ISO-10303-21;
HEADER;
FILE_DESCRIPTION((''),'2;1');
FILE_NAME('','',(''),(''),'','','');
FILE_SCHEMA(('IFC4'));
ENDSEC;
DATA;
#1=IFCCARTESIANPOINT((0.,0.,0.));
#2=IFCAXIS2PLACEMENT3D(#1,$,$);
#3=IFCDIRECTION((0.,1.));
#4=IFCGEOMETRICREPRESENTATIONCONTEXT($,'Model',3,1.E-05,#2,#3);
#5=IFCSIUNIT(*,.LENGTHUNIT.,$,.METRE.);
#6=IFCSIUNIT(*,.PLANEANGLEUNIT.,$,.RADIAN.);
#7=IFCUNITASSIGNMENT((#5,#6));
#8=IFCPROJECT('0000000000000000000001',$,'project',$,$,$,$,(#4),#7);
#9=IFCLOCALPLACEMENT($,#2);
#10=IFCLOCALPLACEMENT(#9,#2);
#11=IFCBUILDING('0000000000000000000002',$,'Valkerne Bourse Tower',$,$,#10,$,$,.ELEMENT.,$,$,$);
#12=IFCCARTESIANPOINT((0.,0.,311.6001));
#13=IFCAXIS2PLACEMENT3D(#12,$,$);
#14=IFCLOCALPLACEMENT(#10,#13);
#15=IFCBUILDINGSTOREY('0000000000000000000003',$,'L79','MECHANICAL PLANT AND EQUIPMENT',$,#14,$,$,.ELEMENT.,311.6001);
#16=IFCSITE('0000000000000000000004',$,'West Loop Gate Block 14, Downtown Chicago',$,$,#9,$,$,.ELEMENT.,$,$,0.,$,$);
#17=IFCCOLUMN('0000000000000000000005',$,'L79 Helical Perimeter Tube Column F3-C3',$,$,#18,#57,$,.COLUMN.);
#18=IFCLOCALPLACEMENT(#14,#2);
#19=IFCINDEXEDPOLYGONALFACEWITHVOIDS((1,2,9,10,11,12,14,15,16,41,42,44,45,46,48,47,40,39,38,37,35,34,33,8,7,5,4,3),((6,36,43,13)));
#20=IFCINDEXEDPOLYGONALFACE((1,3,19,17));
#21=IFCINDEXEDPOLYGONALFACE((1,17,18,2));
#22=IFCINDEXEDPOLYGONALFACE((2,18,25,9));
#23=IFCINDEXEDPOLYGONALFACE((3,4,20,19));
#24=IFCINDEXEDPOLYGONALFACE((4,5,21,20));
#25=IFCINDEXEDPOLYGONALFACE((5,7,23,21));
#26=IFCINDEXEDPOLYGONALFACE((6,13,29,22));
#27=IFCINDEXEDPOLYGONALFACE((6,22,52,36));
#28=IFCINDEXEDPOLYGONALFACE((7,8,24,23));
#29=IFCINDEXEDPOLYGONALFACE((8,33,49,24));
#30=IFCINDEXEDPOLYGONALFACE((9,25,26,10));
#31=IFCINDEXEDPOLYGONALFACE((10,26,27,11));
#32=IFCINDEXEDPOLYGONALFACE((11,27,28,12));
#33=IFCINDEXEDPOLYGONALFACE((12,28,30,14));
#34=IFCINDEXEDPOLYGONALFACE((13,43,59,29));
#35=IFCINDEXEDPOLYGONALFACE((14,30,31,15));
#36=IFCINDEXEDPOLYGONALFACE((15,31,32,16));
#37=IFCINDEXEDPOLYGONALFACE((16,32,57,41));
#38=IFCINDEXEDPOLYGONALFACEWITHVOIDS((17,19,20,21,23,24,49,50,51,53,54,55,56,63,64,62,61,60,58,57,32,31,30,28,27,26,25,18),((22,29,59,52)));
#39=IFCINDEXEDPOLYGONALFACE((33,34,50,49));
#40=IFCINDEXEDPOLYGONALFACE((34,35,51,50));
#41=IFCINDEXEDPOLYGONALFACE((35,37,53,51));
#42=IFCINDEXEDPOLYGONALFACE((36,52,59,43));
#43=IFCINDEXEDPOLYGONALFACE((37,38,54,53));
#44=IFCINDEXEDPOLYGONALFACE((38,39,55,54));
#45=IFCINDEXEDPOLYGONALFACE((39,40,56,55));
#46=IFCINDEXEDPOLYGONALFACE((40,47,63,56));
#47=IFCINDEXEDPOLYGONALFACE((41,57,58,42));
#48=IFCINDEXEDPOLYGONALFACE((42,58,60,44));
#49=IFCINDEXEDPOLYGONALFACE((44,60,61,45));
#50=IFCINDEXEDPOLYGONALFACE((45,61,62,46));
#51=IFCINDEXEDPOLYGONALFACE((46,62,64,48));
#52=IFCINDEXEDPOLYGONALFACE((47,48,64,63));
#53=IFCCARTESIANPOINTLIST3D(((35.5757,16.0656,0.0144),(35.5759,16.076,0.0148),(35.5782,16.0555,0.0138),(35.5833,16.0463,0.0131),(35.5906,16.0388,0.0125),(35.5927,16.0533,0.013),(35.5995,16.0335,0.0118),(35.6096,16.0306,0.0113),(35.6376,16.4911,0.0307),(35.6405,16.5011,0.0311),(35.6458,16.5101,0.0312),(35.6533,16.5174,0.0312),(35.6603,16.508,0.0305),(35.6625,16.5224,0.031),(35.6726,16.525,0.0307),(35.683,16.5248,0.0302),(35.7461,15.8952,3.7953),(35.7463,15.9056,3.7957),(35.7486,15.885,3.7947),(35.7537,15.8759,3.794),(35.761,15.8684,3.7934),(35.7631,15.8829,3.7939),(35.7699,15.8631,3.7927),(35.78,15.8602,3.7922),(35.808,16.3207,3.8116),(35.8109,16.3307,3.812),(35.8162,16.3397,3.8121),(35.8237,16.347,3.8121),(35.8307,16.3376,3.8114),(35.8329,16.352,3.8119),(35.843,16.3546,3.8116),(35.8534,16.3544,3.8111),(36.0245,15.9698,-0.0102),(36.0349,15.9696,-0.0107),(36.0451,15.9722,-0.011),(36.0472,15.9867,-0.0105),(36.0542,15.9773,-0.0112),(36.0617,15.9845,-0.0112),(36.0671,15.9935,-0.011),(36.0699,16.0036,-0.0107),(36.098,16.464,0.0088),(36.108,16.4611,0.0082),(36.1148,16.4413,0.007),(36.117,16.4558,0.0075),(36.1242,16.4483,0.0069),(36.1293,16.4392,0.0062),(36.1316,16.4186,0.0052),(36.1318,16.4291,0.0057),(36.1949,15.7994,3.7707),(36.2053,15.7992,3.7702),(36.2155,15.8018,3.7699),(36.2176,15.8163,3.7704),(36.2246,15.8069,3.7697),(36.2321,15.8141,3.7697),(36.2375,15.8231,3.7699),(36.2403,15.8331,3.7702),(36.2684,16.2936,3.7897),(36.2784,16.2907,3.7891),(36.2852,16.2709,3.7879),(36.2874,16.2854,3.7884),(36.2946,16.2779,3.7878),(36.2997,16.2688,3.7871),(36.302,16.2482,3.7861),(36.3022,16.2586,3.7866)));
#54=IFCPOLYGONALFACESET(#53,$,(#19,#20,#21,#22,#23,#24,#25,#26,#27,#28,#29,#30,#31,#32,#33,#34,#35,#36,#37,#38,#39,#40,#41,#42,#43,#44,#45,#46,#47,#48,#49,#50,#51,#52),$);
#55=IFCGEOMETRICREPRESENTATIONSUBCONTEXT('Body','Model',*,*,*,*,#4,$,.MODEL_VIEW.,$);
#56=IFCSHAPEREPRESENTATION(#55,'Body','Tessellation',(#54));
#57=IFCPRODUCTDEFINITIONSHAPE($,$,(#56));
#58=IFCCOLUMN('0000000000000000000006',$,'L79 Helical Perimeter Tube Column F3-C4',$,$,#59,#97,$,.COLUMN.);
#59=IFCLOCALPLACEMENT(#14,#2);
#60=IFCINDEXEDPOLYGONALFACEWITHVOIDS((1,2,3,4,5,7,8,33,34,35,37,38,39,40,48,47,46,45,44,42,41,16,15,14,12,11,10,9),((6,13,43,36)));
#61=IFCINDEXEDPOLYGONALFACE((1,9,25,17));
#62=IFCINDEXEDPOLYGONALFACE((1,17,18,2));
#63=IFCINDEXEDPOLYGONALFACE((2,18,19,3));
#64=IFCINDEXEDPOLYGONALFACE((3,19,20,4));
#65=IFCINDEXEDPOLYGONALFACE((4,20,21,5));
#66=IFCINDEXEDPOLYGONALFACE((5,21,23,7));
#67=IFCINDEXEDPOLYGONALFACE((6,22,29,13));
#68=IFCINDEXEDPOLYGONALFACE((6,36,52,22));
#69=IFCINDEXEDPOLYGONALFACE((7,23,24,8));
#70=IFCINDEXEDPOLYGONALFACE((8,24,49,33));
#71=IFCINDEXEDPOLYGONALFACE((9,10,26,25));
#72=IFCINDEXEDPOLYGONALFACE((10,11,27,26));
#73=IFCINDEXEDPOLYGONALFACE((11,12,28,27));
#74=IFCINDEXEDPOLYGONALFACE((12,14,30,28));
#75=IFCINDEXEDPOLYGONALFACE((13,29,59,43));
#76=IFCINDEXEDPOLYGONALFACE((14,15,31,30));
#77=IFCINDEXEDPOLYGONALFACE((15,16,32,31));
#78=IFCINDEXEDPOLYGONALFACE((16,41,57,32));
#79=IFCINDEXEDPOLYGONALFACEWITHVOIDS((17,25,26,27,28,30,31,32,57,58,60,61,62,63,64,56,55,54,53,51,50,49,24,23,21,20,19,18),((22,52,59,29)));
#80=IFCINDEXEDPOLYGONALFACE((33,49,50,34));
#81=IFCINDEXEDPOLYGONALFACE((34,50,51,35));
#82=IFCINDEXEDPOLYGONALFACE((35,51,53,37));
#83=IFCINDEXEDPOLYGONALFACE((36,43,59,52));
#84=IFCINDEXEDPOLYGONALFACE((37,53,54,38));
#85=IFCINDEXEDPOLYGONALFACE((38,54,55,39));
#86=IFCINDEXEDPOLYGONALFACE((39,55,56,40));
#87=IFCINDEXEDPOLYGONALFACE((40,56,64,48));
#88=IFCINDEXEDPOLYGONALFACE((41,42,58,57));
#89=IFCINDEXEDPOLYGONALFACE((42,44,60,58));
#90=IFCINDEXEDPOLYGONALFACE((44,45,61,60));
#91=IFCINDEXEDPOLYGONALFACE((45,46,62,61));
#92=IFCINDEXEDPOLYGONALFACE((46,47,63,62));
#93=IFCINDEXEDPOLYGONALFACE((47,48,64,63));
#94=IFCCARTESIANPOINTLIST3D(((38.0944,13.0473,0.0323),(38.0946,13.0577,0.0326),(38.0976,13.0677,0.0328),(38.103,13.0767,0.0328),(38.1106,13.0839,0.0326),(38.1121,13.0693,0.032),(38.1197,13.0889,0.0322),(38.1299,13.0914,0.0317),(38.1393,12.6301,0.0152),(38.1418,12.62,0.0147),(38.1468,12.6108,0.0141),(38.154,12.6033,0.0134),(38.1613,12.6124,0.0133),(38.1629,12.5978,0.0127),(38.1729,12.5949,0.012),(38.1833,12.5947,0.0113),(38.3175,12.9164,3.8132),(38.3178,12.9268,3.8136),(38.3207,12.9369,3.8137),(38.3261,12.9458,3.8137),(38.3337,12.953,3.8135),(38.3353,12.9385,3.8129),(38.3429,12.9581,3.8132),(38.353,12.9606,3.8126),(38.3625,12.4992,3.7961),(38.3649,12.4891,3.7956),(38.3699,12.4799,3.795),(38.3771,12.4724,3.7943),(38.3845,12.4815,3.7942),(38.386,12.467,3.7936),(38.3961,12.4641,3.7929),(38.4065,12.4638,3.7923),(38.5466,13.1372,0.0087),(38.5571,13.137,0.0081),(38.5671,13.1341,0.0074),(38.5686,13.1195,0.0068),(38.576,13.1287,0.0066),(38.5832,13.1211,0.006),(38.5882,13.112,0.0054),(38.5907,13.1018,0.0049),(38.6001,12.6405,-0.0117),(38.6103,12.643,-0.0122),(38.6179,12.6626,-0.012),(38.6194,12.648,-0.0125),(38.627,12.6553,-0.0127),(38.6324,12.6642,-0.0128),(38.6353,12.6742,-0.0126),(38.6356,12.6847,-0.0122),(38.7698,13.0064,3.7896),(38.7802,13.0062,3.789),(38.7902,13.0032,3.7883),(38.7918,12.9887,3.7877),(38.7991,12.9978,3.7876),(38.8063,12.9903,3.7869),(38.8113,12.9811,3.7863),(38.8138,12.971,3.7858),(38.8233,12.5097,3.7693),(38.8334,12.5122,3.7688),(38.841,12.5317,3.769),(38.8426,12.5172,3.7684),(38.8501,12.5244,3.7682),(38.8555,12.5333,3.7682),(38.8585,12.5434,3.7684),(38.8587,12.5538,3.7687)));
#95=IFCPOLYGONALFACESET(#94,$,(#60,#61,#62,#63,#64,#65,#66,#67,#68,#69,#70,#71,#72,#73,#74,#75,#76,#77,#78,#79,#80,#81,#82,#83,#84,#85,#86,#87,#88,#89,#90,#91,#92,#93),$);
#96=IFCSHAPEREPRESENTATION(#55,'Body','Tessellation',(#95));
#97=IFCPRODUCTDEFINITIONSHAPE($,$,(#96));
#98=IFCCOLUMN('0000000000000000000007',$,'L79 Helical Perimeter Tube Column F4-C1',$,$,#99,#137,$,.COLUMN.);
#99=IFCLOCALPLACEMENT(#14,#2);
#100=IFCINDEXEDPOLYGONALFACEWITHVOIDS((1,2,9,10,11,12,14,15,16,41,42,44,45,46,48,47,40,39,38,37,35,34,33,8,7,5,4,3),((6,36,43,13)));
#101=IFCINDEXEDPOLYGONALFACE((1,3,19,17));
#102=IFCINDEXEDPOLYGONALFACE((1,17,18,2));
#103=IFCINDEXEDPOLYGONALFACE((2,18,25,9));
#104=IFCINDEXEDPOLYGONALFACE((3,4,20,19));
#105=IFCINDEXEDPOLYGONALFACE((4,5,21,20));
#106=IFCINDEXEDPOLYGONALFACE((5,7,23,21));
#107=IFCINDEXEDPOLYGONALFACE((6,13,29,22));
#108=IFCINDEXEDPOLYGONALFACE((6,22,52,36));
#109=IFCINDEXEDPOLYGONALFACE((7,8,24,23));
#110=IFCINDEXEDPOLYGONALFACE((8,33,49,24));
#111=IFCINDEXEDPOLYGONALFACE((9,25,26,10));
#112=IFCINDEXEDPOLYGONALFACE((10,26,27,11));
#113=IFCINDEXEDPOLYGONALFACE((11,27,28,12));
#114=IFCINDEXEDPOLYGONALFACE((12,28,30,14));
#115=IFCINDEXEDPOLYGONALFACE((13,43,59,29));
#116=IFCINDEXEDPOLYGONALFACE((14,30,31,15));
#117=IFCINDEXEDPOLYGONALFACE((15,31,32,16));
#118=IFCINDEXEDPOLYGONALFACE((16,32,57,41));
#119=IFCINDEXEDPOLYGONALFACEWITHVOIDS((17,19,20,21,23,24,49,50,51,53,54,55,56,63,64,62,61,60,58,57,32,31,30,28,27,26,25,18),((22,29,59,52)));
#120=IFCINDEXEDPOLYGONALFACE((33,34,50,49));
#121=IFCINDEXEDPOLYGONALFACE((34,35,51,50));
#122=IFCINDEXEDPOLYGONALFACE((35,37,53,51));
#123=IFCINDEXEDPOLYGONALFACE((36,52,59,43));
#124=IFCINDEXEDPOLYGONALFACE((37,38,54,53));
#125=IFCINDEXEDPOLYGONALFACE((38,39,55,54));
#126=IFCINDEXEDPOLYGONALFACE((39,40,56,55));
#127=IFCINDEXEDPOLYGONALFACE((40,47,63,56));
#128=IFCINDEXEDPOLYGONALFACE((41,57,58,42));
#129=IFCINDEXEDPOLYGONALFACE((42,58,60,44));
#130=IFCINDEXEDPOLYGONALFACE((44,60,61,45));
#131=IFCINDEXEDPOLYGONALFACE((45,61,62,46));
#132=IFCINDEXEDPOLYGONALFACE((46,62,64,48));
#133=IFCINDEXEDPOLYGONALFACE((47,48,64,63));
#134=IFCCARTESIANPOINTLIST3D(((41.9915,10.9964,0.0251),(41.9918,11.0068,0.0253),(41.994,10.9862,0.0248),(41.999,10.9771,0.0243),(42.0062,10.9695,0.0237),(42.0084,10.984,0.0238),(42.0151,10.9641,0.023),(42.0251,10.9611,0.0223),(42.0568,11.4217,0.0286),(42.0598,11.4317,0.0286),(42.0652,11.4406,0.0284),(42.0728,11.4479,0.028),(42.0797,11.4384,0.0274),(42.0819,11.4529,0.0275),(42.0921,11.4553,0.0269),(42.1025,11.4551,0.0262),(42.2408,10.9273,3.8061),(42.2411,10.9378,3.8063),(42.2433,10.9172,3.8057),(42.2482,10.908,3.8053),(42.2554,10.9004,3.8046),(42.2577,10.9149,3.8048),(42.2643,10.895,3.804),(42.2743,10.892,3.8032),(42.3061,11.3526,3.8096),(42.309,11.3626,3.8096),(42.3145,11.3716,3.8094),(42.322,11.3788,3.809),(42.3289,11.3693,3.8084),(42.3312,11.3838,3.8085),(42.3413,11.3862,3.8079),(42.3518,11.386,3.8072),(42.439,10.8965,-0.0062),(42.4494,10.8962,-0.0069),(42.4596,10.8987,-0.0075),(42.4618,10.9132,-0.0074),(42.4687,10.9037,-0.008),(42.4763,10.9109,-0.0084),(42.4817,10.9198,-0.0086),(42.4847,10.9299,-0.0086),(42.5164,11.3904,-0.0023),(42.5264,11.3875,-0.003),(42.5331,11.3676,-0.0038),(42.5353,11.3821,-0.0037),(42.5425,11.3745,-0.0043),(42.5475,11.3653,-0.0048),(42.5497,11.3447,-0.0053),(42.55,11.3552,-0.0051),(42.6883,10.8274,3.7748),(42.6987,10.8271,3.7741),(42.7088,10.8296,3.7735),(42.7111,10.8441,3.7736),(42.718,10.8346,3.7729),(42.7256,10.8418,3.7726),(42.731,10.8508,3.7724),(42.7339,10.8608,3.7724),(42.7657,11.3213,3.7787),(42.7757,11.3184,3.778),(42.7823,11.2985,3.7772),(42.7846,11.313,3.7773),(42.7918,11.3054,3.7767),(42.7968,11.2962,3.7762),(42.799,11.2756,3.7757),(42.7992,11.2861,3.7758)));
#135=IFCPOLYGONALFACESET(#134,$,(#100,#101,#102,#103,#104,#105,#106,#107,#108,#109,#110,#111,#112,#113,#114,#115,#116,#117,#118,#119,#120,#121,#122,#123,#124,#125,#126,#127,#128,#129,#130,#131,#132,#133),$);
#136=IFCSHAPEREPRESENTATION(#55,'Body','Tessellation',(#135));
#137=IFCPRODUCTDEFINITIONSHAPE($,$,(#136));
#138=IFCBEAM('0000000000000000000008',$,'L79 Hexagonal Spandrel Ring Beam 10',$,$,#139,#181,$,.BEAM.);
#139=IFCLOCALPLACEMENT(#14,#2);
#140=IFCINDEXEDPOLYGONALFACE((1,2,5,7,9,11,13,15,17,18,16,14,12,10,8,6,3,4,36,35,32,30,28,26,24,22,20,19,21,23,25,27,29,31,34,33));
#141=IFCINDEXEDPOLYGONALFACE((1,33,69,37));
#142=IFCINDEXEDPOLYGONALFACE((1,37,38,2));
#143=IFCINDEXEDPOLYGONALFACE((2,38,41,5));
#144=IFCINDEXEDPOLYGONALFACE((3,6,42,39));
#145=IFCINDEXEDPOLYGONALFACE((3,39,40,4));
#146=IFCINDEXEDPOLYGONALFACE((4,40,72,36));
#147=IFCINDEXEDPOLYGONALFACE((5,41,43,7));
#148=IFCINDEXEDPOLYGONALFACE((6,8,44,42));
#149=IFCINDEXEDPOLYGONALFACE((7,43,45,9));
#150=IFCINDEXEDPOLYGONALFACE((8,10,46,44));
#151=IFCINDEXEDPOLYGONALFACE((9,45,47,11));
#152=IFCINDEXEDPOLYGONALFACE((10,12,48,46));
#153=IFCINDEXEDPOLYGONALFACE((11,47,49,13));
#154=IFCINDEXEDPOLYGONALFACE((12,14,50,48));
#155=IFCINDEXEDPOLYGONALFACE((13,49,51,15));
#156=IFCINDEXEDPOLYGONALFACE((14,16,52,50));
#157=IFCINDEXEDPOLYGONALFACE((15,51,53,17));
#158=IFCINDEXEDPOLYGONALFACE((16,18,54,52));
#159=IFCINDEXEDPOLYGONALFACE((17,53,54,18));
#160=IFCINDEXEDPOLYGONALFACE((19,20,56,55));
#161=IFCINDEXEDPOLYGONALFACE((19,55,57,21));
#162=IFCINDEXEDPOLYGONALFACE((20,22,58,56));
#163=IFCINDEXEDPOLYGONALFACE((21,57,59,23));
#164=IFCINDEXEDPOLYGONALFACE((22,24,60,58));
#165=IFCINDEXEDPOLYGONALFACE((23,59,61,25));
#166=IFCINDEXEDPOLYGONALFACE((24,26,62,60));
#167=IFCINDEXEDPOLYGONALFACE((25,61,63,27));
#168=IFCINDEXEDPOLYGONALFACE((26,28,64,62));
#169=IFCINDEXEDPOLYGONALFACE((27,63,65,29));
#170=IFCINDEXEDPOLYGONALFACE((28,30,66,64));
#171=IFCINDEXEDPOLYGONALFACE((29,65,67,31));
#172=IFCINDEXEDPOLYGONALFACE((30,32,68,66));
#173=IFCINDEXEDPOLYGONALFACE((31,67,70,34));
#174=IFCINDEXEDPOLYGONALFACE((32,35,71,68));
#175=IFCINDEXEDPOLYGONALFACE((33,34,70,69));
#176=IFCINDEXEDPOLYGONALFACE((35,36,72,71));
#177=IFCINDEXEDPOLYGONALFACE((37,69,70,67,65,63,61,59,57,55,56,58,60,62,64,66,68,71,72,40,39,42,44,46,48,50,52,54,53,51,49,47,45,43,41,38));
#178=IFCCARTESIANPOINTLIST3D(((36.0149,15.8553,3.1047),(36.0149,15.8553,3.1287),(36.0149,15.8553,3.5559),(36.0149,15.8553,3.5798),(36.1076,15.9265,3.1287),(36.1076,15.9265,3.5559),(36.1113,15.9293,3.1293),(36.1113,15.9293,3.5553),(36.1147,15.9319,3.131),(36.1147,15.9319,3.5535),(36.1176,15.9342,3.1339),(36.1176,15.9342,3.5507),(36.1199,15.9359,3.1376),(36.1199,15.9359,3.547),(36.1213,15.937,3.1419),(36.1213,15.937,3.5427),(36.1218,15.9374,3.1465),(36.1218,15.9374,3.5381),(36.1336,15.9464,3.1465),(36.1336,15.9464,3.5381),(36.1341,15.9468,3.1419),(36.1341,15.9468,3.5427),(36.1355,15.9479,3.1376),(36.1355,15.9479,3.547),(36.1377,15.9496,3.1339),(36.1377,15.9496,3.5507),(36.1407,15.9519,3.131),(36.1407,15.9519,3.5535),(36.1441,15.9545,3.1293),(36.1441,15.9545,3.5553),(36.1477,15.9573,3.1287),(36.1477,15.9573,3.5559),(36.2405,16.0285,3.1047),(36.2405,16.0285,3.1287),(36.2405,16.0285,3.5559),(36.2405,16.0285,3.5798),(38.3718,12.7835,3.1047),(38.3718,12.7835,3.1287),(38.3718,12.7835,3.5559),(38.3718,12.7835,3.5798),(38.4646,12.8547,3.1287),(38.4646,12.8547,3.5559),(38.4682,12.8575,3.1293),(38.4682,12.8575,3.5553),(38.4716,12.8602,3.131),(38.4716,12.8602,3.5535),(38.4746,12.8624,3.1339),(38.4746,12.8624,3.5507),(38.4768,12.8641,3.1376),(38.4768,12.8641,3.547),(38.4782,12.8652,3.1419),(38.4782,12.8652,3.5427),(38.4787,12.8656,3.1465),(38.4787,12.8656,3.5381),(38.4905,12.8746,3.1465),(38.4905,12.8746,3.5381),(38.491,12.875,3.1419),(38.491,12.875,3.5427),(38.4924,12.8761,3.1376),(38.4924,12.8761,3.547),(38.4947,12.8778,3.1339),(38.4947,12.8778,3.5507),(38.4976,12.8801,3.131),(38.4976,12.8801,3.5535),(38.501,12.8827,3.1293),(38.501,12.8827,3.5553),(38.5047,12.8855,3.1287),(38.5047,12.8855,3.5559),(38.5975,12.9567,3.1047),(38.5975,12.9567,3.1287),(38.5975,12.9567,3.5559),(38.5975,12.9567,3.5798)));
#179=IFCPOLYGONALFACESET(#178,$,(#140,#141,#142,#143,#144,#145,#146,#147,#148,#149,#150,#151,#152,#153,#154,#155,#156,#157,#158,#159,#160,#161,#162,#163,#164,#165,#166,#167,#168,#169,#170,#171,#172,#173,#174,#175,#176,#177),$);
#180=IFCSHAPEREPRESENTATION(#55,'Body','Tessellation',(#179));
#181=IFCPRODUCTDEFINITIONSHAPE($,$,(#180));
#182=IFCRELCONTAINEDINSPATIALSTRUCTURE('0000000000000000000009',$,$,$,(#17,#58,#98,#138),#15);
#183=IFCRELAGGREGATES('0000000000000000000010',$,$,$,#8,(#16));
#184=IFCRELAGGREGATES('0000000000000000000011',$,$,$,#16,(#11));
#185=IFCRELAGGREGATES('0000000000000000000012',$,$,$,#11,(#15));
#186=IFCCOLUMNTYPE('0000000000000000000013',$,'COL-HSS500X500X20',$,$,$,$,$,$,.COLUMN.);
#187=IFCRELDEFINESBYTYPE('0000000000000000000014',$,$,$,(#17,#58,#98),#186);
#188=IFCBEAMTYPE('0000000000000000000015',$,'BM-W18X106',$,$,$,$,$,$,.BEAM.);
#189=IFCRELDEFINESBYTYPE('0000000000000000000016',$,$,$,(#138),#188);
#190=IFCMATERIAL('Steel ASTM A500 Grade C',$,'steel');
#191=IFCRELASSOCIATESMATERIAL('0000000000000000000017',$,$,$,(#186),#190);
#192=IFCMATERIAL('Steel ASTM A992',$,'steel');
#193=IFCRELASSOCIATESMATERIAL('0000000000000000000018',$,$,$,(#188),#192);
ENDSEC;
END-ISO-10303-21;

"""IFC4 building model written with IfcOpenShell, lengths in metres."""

from ifc_helpers import new_model, si_unit, direction, frame, origin, origin_2d, place, context, subcontext, project, spatial, hollow_rectangle, i_section, extrude, material, material_profile, profile_set, type_object, element, save


model = new_model("IFC4")

# Units and contexts
model_context = context("Model", 3, precision=1e-05, world=origin(), true_north=direction((0.0, 1.0)))
body_context = subcontext(model_context, "Body", "Model", "MODEL_VIEW")
ifc_project = project(units=[si_unit("LENGTHUNIT", "METRE"), si_unit("PLANEANGLEUNIT", "RADIAN")], contexts=[model_context])

# Site, building, storey
site_placement = place(None, origin())
site = spatial("IfcSite", under=ifc_project, at=site_placement, Name="West Loop Gate Block 14, Downtown Chicago", CompositionType="ELEMENT", RefElevation=0.0)
building_placement = place(site_placement, origin())
building = spatial("IfcBuilding", under=site, at=building_placement, Name="Valkerne Bourse Tower", CompositionType="ELEMENT")
storey_placement = place(building_placement, frame((0.0, 0.0, 311.6001)))
storey = spatial("IfcBuildingStorey", under=building, at=storey_placement, Name="L79", Description="MECHANICAL PLANT AND EQUIPMENT", CompositionType="ELEMENT", Elevation=311.6001)

# Columns
ifc_material_1 = material(Name="Steel ASTM A500 Grade C", Category="steel")
ifc_material_profile_1 = material_profile(ifc_material_1, hollow_rectangle(XDim=0.5, YDim=0.5, WallThickness=0.02, OuterFilletRadius=0.04, at=origin_2d()), Name="HSS500X500X20")
ifc_profile_set_1 = profile_set([ifc_material_profile_1], Name="Steel ASTM A500 Grade C")
column_type = type_object("IfcColumnType", Name="COL-HSS500X500X20", PredefinedType="COLUMN", material=ifc_profile_set_1)
column_placement = place(storey_placement, frame((35.8538, 16.2473, 0.01), z_axis=(0.044979, -0.044979, 0.997975), x_axis=(0.988123, -0.144933, -0.051067)))
element("IfcColumn", 1, at=column_placement, inside=storey, type_object=column_type, Name="L79 Helical Perimeter Tube Column F3-C3", PredefinedType="COLUMN", context=body_context, shape_type="SweptSolid", body=[
    extrude(hollow_rectangle(XDim=0.5, YDim=0.5, WallThickness=0.02, OuterFilletRadius=0.04, at=origin_2d()), origin(), (0.0, 0.0, 1.0), 3.7886),
])
for number, where, z_axis, x_axis, name in (
    (2, (38.365, 12.866, 0.01), (0.05888, -0.034529, 0.997668), (0.992515, 0.109141, -0.054798), "L79 Helical Perimeter Tube Column F3-C4"),
    (3, (42.2708, 11.1758, 0.01), (0.065773, -0.018231, 0.997668), (0.154835, 0.987909, 0.007845), "L79 Helical Perimeter Tube Column F4-C1"),
):
    element("IfcColumn", number, at=place(storey_placement, frame(where, z_axis=z_axis, x_axis=x_axis)), inside=storey, type_object=column_type, Name=name, PredefinedType="COLUMN", context=body_context, shape_type="SweptSolid", body=[
        extrude(hollow_rectangle(XDim=0.5, YDim=0.5, WallThickness=0.02, OuterFilletRadius=0.04, at=origin_2d()), origin(), (0.0, 0.0, 1.0), 3.7898),
    ])

# Beam
ifc_material_2 = material(Name="Steel ASTM A992", Category="steel")
ifc_material_profile_2 = material_profile(ifc_material_2, i_section(OverallWidth=0.2844, OverallDepth=0.4751, WebThickness=0.0149, FlangeThickness=0.0239, FilletRadius=0.0178, at=origin_2d()), Name="W18X106")
ifc_profile_set_2 = profile_set([ifc_material_profile_2], Name="Steel ASTM A992")
beam_type_1 = type_object("IfcBeamType", Name="BM-W18X106", PredefinedType="BEAM", material=ifc_profile_set_2)
beam_1_placement = place(storey_placement, frame((36.1277, 15.9419, 3.3423), z_axis=(0.608741, -0.793369, 0.0), x_axis=(0.793369, 0.608741, 0.0)))
element("IfcBeam", 4, at=beam_1_placement, inside=storey, type_object=beam_type_1, Name="L79 Hexagonal Spandrel Ring Beam 10", PredefinedType="BEAM", context=body_context, shape_type="SweptSolid", body=[
    extrude(i_section(OverallWidth=0.2844, OverallDepth=0.4751, WebThickness=0.0149, FlangeThickness=0.0239, FilletRadius=0.0178, at=origin_2d()), origin(), (0.0, 0.0, 1.0), 3.8718),
])

save(model, "model.ifc")
